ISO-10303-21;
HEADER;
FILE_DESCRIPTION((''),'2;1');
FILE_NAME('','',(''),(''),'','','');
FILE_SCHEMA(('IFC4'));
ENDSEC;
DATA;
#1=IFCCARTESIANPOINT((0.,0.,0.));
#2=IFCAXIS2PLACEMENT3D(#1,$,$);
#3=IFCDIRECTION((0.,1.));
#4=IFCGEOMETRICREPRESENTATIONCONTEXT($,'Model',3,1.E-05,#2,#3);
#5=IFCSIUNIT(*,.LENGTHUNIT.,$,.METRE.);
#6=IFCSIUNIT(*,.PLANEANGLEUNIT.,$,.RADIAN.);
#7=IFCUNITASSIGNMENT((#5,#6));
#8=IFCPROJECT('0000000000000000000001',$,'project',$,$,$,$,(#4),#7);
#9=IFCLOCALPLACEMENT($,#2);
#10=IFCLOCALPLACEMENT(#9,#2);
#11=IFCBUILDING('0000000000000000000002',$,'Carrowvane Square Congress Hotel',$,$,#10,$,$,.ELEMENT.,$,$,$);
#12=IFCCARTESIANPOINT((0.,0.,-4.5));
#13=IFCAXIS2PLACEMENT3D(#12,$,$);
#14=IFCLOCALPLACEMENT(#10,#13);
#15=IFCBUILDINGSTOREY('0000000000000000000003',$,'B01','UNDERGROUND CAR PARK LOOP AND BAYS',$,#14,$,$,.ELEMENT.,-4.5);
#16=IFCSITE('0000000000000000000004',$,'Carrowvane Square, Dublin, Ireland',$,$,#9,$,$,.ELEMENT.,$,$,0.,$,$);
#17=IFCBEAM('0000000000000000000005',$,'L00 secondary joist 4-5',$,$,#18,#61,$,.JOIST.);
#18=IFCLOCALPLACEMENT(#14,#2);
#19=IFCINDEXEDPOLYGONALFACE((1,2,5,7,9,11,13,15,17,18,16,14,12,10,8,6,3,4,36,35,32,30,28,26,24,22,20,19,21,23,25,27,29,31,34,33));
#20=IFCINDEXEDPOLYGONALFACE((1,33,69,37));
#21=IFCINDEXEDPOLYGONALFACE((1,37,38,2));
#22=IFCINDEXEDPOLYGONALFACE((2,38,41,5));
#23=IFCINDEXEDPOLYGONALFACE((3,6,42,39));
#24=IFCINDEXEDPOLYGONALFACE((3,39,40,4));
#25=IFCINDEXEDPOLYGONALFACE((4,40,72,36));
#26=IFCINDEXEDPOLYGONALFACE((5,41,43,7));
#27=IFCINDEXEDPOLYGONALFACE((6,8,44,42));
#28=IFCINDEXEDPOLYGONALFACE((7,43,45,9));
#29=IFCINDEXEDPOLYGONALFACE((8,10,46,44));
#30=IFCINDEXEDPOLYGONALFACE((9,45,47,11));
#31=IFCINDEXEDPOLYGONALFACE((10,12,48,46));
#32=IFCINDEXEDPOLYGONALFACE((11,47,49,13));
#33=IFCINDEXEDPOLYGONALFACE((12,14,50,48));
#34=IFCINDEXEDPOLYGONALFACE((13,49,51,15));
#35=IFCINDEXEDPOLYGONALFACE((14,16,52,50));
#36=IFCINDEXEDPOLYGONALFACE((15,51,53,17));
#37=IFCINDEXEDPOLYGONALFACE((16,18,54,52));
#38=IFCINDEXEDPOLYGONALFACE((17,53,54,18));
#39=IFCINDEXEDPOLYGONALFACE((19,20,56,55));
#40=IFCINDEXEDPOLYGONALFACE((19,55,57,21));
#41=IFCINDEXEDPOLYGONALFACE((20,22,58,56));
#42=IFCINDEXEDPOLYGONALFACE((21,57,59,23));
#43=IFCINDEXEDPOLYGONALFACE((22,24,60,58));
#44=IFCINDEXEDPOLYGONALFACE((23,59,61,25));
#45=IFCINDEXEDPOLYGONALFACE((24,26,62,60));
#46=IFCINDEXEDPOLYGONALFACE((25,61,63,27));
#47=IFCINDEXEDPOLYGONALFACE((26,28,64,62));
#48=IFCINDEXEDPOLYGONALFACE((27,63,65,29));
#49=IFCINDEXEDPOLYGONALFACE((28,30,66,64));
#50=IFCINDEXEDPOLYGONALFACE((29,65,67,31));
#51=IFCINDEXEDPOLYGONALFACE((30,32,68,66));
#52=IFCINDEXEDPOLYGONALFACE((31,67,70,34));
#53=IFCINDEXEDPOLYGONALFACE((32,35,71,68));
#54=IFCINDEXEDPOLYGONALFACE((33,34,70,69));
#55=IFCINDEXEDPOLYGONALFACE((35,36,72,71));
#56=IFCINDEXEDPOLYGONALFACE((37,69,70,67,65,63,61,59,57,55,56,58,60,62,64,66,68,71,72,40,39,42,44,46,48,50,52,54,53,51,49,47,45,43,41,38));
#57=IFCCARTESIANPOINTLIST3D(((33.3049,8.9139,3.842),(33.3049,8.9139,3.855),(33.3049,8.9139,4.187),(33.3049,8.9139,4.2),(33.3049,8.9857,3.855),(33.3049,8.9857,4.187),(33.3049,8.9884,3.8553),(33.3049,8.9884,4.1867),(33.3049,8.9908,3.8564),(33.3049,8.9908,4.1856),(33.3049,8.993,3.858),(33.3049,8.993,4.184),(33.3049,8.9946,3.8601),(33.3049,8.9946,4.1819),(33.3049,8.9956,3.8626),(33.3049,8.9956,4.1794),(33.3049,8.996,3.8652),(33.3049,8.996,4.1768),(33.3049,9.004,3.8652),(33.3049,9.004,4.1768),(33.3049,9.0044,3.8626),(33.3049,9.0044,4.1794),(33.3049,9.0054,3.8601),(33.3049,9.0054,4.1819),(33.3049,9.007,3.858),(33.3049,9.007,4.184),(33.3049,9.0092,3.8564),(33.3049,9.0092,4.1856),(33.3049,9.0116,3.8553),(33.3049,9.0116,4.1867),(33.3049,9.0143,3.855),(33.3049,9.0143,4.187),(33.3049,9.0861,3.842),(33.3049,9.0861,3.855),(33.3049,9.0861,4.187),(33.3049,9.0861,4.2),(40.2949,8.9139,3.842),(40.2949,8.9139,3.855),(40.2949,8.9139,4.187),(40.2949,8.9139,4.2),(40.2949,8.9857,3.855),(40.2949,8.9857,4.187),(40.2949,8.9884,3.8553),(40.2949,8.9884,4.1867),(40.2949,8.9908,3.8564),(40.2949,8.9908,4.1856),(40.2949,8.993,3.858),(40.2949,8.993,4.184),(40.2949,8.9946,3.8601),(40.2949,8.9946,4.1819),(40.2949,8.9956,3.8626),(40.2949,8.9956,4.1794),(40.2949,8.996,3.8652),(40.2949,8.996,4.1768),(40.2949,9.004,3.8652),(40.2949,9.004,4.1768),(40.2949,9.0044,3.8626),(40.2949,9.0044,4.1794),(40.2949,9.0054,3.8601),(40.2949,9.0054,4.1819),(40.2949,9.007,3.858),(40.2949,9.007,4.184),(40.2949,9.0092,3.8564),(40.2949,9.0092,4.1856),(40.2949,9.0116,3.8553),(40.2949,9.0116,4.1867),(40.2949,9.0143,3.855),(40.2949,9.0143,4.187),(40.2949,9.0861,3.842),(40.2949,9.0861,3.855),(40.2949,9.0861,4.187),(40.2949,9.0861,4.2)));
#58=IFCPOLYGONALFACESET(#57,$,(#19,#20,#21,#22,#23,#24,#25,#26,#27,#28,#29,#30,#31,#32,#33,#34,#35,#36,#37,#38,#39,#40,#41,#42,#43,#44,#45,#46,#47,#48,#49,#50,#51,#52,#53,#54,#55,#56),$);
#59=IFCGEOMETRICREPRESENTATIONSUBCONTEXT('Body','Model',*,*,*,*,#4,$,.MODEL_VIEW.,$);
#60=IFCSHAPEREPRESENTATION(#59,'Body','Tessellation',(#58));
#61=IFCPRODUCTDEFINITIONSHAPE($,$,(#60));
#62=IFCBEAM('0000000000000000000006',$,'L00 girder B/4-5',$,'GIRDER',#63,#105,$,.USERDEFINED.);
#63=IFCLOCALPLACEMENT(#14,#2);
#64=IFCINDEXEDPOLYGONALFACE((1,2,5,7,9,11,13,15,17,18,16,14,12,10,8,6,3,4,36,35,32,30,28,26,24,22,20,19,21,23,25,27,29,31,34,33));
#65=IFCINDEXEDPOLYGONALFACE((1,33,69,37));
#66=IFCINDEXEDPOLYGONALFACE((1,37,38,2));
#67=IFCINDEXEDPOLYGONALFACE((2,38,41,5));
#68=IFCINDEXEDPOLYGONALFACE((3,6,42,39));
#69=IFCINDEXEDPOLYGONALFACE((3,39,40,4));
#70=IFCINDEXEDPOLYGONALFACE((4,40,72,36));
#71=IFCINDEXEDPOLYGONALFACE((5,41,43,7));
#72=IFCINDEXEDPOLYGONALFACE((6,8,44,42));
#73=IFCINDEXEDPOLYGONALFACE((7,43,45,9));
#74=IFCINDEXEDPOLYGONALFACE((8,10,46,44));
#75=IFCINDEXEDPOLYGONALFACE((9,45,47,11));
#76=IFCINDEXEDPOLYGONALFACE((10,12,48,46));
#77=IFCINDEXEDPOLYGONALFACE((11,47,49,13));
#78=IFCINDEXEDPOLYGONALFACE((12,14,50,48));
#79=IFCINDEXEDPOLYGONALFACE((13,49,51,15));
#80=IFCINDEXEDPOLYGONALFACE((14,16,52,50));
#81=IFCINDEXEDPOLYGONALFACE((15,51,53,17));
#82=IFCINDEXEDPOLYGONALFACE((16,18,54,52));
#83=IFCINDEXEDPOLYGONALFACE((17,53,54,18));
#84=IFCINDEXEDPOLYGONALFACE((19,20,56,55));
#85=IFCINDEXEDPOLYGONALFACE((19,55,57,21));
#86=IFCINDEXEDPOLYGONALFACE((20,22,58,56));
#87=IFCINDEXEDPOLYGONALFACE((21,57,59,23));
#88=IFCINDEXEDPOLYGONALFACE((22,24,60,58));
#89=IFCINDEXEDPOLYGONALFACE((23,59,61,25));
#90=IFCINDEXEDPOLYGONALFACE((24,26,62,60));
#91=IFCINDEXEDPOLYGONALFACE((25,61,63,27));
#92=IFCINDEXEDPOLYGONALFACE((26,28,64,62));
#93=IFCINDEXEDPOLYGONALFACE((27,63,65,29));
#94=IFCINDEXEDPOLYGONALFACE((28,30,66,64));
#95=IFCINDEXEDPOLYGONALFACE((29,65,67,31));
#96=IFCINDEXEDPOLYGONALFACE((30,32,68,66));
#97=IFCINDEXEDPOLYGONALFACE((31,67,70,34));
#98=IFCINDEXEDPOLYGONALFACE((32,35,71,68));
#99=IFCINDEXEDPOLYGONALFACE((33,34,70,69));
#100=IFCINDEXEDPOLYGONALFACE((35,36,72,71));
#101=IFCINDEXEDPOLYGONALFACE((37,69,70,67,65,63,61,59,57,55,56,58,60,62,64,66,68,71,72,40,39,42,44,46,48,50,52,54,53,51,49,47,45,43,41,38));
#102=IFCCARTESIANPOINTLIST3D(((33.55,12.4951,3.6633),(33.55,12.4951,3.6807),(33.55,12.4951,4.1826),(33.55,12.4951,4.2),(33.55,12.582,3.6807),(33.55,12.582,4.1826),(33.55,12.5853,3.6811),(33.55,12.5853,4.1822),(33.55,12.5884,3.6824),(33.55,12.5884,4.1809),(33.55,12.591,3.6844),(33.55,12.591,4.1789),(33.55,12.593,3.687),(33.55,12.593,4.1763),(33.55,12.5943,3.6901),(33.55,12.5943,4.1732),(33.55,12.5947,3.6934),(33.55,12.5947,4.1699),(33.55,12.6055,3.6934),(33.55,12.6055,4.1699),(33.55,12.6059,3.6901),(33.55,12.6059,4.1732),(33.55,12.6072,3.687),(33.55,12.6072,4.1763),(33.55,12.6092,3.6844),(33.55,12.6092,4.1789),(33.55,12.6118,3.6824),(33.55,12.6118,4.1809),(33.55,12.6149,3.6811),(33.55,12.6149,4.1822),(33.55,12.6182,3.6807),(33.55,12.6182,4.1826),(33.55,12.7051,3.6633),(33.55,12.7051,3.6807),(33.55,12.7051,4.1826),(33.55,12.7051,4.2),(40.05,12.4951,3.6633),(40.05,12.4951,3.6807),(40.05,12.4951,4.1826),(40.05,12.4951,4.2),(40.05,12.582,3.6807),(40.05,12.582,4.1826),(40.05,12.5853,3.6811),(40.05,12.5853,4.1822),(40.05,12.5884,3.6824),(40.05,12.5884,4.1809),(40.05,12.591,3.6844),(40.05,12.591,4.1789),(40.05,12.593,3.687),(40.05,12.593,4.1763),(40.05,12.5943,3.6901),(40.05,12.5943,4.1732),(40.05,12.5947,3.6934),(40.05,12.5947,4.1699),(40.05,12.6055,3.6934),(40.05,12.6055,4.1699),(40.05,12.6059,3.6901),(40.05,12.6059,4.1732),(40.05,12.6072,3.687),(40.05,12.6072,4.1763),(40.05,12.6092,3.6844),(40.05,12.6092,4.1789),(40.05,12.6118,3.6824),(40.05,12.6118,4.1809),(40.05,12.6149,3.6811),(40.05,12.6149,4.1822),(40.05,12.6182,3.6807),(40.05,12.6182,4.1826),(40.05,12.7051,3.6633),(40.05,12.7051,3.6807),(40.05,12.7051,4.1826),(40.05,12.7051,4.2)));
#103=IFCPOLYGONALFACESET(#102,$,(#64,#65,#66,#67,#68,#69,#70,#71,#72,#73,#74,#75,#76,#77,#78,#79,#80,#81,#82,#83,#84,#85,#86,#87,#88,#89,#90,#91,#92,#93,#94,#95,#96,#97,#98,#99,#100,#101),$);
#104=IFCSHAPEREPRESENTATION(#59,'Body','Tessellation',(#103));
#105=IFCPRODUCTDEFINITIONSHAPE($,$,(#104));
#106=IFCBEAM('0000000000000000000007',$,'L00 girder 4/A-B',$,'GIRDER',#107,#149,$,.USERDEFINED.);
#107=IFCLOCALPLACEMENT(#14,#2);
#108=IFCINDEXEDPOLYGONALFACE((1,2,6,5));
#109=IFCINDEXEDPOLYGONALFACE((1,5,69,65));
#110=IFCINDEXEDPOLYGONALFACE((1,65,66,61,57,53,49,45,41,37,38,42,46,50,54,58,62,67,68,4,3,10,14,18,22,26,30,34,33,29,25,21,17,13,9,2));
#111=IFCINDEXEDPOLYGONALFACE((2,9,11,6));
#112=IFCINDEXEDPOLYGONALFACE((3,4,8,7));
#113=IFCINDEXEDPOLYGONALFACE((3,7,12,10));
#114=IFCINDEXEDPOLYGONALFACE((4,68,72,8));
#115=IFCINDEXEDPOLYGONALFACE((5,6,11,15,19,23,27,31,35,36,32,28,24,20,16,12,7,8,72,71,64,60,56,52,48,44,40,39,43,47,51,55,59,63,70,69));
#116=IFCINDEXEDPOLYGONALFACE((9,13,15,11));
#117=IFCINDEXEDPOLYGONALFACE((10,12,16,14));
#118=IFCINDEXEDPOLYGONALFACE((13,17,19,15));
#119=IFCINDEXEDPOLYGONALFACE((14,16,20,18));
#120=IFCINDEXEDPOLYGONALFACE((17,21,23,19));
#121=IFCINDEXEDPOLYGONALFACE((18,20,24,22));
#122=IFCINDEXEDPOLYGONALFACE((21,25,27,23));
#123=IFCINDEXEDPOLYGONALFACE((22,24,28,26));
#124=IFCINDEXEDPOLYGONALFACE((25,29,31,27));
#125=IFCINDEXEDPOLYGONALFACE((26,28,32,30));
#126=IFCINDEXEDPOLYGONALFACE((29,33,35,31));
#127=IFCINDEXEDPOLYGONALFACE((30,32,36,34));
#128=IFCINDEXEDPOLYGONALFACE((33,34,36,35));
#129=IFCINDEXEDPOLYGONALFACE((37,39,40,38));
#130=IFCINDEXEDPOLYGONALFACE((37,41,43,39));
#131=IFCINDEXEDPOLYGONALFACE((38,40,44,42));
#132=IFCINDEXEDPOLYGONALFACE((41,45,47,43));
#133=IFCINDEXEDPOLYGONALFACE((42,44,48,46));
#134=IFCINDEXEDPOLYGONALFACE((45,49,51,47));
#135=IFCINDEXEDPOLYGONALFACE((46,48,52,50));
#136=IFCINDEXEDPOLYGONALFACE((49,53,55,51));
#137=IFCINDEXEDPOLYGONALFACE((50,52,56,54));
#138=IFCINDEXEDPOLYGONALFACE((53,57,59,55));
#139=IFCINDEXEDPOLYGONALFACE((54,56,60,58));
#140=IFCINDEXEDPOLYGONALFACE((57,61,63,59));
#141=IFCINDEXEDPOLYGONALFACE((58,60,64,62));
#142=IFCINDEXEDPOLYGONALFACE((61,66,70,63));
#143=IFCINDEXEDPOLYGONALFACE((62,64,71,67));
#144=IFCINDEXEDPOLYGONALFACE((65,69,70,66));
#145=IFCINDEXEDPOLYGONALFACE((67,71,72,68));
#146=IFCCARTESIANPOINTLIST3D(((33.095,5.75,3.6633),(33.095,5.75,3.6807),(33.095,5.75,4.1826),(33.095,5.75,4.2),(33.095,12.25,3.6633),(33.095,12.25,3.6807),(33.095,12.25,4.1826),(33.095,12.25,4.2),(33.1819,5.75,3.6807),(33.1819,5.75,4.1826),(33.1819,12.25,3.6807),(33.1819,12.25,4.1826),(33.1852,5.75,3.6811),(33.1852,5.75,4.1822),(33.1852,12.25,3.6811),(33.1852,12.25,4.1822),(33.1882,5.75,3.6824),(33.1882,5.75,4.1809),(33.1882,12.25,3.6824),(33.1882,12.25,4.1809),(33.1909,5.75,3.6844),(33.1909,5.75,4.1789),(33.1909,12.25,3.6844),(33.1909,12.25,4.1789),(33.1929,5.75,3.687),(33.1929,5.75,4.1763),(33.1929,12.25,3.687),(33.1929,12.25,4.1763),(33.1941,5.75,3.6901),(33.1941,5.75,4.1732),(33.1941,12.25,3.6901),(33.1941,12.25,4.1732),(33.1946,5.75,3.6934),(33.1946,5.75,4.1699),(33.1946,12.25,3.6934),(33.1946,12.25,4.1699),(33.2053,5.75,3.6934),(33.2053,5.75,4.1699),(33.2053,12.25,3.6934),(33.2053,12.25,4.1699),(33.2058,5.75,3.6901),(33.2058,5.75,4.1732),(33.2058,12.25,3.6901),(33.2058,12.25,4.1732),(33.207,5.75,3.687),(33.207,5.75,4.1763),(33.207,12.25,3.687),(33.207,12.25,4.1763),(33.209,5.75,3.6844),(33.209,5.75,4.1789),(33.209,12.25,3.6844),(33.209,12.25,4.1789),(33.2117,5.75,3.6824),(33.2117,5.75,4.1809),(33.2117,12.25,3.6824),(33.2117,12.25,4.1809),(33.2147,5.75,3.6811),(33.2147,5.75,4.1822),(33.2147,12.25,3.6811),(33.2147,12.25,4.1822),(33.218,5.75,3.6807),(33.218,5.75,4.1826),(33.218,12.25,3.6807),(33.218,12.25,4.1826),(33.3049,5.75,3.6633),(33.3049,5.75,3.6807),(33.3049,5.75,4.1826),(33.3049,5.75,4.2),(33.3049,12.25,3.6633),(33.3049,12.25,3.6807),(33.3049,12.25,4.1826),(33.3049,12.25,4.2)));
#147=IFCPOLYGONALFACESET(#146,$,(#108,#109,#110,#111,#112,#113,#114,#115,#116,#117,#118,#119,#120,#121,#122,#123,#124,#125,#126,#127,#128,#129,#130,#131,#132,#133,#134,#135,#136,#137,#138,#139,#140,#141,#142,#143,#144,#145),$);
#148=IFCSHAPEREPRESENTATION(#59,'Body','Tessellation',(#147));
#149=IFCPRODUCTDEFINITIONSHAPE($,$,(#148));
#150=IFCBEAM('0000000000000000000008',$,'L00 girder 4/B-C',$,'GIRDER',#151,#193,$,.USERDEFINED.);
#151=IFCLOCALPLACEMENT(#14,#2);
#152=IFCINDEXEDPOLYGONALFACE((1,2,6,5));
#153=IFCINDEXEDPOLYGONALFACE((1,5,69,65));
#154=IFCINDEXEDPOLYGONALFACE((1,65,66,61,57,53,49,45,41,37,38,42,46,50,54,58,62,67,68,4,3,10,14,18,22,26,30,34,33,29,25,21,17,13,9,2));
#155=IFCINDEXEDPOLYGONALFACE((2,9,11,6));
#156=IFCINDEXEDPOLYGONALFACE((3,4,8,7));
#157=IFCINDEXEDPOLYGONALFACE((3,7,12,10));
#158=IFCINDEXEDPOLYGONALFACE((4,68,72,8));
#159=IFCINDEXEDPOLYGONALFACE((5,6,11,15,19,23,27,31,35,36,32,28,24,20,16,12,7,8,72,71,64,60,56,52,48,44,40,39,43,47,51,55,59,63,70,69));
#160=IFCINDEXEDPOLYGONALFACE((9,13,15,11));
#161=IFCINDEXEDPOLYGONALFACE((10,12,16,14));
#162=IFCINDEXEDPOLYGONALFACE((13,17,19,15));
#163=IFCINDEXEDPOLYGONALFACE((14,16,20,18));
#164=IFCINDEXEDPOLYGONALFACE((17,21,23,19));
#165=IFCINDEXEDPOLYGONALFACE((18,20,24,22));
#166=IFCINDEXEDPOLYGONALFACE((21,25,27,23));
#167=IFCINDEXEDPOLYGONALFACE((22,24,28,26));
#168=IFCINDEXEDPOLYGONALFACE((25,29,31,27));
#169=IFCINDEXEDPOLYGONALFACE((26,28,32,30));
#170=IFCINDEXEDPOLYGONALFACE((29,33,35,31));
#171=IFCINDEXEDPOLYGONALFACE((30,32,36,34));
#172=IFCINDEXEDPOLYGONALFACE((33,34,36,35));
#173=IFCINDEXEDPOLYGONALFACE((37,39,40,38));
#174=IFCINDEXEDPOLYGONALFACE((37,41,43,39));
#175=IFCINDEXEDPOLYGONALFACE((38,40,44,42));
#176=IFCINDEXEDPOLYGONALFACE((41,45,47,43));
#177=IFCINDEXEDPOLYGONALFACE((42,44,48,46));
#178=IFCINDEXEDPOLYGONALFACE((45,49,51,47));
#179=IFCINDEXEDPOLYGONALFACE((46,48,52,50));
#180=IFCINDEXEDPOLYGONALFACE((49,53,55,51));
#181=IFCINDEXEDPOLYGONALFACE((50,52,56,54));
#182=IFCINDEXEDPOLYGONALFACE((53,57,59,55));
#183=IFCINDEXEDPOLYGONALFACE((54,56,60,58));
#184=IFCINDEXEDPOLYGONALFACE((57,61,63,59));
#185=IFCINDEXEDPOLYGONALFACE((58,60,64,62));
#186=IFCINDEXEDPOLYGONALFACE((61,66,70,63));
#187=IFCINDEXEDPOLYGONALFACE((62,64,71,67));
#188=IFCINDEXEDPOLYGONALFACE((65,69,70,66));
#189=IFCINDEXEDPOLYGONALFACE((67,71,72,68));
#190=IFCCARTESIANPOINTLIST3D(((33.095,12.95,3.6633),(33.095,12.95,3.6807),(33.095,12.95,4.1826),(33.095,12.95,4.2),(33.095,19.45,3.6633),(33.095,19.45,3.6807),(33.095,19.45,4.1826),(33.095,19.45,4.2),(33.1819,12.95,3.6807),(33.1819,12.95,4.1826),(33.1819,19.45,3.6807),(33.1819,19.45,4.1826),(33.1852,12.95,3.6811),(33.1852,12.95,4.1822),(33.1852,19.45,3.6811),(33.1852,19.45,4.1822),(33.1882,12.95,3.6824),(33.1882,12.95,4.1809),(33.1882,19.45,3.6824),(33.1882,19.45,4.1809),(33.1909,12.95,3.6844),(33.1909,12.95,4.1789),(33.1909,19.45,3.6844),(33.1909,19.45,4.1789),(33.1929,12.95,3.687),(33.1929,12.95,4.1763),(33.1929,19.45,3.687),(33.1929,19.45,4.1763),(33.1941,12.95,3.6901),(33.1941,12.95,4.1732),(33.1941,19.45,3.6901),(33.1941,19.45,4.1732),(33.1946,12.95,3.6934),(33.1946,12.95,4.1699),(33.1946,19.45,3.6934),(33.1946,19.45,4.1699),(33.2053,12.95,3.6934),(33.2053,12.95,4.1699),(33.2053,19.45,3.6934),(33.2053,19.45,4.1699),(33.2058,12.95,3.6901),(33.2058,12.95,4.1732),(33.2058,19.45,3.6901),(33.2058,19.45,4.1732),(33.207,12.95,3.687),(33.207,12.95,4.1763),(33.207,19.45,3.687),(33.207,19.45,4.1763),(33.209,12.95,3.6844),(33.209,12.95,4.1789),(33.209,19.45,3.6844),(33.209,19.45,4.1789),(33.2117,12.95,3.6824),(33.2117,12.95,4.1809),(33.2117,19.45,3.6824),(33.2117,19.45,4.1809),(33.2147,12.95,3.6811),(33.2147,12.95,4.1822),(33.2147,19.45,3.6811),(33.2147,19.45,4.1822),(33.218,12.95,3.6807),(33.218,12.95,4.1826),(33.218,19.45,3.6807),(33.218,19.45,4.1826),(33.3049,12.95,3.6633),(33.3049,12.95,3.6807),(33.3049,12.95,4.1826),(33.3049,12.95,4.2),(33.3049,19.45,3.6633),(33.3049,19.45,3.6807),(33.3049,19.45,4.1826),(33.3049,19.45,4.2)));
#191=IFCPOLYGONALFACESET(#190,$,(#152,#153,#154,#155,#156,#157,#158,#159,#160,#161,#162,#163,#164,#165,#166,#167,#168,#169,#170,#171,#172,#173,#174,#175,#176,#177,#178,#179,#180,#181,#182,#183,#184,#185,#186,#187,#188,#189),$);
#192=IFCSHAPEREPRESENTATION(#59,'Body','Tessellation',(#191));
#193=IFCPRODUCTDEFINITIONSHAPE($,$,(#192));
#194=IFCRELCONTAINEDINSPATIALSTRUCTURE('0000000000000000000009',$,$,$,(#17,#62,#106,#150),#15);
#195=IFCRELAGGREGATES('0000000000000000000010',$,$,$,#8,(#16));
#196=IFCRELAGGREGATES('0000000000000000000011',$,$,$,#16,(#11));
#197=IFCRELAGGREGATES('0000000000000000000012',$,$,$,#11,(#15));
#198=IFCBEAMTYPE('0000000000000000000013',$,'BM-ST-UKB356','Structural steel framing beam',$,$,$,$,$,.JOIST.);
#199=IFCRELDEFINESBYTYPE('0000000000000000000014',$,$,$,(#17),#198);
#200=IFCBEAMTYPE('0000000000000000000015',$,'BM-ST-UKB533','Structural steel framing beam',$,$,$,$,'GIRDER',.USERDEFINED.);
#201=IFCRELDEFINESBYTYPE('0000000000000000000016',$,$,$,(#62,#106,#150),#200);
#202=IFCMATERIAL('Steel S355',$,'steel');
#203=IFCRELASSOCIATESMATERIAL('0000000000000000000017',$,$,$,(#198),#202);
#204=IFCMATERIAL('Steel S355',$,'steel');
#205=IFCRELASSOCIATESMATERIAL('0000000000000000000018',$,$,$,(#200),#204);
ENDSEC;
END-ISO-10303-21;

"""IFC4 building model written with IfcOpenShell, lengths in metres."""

from ifc_helpers import new_model, si_unit, direction, frame, origin, origin_2d, place, context, subcontext, project, spatial, i_section, extrude, material, material_profile, profile_set, type_object, element, save


model = new_model("IFC4")

# Units and contexts
model_context = context("Model", 3, precision=1e-05, world=origin(), true_north=direction((0.0, 1.0)))
body_context = subcontext(model_context, "Body", "Model", "MODEL_VIEW")
ifc_project = project(units=[si_unit("LENGTHUNIT", "METRE"), si_unit("PLANEANGLEUNIT", "RADIAN")], contexts=[model_context])

# Site, building, storey
site_placement = place(None, origin())
site = spatial("IfcSite", under=ifc_project, at=site_placement, Name="Carrowvane Square, Dublin, Ireland", CompositionType="ELEMENT", RefElevation=0.0)
building_placement = place(site_placement, origin())
building = spatial("IfcBuilding", under=site, at=building_placement, Name="Carrowvane Square Congress Hotel", CompositionType="ELEMENT")
storey_placement = place(building_placement, frame((0.0, 0.0, -4.5)))
storey = spatial("IfcBuildingStorey", under=building, at=storey_placement, Name="B01", Description="UNDERGROUND CAR PARK LOOP AND BAYS", CompositionType="ELEMENT", Elevation=-4.5)

# Beams
ifc_material_1 = material(Name="Steel S355", Category="steel")
ifc_material_profile_1 = material_profile(ifc_material_1, i_section(OverallWidth=0.1721, OverallDepth=0.3579, WebThickness=0.0081, FlangeThickness=0.0129, FilletRadius=0.0103, at=origin_2d()), Name="UKB 356x171x57")
ifc_profile_set_1 = profile_set([ifc_material_profile_1], Name="Steel S355")
beam_type_1 = type_object("IfcBeamType", Name="BM-ST-UKB356", Description="Structural steel framing beam", PredefinedType="JOIST", material=ifc_profile_set_1)
beam_1_placement = place(storey_placement, frame((33.3049, 9.0, 4.021), z_axis=(1.0, 0.0, 0.0), x_axis=(0.0, 1.0, 0.0)))
element("IfcBeam", 1, at=beam_1_placement, inside=storey, type_object=beam_type_1, Name="L00 secondary joist 4-5", PredefinedType="JOIST", context=body_context, shape_type="SweptSolid", body=[
    extrude(i_section(OverallWidth=0.1721, OverallDepth=0.3579, WebThickness=0.0081, FlangeThickness=0.0129, FilletRadius=0.0103, at=origin_2d()), origin(), (0.0, 0.0, 1.0), 6.99),
])
ifc_material_2 = material(Name="Steel S355", Category="steel")
ifc_material_profile_2 = material_profile(ifc_material_2, i_section(OverallWidth=0.21, OverallDepth=0.5366, WebThickness=0.0107, FlangeThickness=0.0173, FilletRadius=0.0127, at=origin_2d()), Name="UKB 533x210x101")
ifc_profile_set_2 = profile_set([ifc_material_profile_2], Name="Steel S355")
beam_type_2 = type_object("IfcBeamType", Name="BM-ST-UKB533", Description="Structural steel framing beam", ElementType="GIRDER", PredefinedType="USERDEFINED", material=ifc_profile_set_2)
for number, where, z_axis, x_axis, name in (
    (2, (33.55, 12.6001, 3.9316), (1.0, 0.0, 0.0), (0.0, 1.0, 0.0), "L00 girder B/4-5"),
    (3, (33.2, 5.75, 3.9316), (0.0, 1.0, 0.0), (-1.0, 0.0, 0.0), "L00 girder 4/A-B"),
    (4, (33.2, 12.95, 3.9316), (0.0, 1.0, 0.0), (-1.0, 0.0, 0.0), "L00 girder 4/B-C"),
):
    element("IfcBeam", number, at=place(storey_placement, frame(where, z_axis=z_axis, x_axis=x_axis)), inside=storey, type_object=beam_type_2, Name=name, ObjectType="GIRDER", PredefinedType="USERDEFINED", context=body_context, shape_type="SweptSolid", body=[
        extrude(i_section(OverallWidth=0.21, OverallDepth=0.5366, WebThickness=0.0107, FlangeThickness=0.0173, FilletRadius=0.0127, at=origin_2d()), origin(), (0.0, 0.0, 1.0), 6.5),
    ])

save(model, "model.ifc")
